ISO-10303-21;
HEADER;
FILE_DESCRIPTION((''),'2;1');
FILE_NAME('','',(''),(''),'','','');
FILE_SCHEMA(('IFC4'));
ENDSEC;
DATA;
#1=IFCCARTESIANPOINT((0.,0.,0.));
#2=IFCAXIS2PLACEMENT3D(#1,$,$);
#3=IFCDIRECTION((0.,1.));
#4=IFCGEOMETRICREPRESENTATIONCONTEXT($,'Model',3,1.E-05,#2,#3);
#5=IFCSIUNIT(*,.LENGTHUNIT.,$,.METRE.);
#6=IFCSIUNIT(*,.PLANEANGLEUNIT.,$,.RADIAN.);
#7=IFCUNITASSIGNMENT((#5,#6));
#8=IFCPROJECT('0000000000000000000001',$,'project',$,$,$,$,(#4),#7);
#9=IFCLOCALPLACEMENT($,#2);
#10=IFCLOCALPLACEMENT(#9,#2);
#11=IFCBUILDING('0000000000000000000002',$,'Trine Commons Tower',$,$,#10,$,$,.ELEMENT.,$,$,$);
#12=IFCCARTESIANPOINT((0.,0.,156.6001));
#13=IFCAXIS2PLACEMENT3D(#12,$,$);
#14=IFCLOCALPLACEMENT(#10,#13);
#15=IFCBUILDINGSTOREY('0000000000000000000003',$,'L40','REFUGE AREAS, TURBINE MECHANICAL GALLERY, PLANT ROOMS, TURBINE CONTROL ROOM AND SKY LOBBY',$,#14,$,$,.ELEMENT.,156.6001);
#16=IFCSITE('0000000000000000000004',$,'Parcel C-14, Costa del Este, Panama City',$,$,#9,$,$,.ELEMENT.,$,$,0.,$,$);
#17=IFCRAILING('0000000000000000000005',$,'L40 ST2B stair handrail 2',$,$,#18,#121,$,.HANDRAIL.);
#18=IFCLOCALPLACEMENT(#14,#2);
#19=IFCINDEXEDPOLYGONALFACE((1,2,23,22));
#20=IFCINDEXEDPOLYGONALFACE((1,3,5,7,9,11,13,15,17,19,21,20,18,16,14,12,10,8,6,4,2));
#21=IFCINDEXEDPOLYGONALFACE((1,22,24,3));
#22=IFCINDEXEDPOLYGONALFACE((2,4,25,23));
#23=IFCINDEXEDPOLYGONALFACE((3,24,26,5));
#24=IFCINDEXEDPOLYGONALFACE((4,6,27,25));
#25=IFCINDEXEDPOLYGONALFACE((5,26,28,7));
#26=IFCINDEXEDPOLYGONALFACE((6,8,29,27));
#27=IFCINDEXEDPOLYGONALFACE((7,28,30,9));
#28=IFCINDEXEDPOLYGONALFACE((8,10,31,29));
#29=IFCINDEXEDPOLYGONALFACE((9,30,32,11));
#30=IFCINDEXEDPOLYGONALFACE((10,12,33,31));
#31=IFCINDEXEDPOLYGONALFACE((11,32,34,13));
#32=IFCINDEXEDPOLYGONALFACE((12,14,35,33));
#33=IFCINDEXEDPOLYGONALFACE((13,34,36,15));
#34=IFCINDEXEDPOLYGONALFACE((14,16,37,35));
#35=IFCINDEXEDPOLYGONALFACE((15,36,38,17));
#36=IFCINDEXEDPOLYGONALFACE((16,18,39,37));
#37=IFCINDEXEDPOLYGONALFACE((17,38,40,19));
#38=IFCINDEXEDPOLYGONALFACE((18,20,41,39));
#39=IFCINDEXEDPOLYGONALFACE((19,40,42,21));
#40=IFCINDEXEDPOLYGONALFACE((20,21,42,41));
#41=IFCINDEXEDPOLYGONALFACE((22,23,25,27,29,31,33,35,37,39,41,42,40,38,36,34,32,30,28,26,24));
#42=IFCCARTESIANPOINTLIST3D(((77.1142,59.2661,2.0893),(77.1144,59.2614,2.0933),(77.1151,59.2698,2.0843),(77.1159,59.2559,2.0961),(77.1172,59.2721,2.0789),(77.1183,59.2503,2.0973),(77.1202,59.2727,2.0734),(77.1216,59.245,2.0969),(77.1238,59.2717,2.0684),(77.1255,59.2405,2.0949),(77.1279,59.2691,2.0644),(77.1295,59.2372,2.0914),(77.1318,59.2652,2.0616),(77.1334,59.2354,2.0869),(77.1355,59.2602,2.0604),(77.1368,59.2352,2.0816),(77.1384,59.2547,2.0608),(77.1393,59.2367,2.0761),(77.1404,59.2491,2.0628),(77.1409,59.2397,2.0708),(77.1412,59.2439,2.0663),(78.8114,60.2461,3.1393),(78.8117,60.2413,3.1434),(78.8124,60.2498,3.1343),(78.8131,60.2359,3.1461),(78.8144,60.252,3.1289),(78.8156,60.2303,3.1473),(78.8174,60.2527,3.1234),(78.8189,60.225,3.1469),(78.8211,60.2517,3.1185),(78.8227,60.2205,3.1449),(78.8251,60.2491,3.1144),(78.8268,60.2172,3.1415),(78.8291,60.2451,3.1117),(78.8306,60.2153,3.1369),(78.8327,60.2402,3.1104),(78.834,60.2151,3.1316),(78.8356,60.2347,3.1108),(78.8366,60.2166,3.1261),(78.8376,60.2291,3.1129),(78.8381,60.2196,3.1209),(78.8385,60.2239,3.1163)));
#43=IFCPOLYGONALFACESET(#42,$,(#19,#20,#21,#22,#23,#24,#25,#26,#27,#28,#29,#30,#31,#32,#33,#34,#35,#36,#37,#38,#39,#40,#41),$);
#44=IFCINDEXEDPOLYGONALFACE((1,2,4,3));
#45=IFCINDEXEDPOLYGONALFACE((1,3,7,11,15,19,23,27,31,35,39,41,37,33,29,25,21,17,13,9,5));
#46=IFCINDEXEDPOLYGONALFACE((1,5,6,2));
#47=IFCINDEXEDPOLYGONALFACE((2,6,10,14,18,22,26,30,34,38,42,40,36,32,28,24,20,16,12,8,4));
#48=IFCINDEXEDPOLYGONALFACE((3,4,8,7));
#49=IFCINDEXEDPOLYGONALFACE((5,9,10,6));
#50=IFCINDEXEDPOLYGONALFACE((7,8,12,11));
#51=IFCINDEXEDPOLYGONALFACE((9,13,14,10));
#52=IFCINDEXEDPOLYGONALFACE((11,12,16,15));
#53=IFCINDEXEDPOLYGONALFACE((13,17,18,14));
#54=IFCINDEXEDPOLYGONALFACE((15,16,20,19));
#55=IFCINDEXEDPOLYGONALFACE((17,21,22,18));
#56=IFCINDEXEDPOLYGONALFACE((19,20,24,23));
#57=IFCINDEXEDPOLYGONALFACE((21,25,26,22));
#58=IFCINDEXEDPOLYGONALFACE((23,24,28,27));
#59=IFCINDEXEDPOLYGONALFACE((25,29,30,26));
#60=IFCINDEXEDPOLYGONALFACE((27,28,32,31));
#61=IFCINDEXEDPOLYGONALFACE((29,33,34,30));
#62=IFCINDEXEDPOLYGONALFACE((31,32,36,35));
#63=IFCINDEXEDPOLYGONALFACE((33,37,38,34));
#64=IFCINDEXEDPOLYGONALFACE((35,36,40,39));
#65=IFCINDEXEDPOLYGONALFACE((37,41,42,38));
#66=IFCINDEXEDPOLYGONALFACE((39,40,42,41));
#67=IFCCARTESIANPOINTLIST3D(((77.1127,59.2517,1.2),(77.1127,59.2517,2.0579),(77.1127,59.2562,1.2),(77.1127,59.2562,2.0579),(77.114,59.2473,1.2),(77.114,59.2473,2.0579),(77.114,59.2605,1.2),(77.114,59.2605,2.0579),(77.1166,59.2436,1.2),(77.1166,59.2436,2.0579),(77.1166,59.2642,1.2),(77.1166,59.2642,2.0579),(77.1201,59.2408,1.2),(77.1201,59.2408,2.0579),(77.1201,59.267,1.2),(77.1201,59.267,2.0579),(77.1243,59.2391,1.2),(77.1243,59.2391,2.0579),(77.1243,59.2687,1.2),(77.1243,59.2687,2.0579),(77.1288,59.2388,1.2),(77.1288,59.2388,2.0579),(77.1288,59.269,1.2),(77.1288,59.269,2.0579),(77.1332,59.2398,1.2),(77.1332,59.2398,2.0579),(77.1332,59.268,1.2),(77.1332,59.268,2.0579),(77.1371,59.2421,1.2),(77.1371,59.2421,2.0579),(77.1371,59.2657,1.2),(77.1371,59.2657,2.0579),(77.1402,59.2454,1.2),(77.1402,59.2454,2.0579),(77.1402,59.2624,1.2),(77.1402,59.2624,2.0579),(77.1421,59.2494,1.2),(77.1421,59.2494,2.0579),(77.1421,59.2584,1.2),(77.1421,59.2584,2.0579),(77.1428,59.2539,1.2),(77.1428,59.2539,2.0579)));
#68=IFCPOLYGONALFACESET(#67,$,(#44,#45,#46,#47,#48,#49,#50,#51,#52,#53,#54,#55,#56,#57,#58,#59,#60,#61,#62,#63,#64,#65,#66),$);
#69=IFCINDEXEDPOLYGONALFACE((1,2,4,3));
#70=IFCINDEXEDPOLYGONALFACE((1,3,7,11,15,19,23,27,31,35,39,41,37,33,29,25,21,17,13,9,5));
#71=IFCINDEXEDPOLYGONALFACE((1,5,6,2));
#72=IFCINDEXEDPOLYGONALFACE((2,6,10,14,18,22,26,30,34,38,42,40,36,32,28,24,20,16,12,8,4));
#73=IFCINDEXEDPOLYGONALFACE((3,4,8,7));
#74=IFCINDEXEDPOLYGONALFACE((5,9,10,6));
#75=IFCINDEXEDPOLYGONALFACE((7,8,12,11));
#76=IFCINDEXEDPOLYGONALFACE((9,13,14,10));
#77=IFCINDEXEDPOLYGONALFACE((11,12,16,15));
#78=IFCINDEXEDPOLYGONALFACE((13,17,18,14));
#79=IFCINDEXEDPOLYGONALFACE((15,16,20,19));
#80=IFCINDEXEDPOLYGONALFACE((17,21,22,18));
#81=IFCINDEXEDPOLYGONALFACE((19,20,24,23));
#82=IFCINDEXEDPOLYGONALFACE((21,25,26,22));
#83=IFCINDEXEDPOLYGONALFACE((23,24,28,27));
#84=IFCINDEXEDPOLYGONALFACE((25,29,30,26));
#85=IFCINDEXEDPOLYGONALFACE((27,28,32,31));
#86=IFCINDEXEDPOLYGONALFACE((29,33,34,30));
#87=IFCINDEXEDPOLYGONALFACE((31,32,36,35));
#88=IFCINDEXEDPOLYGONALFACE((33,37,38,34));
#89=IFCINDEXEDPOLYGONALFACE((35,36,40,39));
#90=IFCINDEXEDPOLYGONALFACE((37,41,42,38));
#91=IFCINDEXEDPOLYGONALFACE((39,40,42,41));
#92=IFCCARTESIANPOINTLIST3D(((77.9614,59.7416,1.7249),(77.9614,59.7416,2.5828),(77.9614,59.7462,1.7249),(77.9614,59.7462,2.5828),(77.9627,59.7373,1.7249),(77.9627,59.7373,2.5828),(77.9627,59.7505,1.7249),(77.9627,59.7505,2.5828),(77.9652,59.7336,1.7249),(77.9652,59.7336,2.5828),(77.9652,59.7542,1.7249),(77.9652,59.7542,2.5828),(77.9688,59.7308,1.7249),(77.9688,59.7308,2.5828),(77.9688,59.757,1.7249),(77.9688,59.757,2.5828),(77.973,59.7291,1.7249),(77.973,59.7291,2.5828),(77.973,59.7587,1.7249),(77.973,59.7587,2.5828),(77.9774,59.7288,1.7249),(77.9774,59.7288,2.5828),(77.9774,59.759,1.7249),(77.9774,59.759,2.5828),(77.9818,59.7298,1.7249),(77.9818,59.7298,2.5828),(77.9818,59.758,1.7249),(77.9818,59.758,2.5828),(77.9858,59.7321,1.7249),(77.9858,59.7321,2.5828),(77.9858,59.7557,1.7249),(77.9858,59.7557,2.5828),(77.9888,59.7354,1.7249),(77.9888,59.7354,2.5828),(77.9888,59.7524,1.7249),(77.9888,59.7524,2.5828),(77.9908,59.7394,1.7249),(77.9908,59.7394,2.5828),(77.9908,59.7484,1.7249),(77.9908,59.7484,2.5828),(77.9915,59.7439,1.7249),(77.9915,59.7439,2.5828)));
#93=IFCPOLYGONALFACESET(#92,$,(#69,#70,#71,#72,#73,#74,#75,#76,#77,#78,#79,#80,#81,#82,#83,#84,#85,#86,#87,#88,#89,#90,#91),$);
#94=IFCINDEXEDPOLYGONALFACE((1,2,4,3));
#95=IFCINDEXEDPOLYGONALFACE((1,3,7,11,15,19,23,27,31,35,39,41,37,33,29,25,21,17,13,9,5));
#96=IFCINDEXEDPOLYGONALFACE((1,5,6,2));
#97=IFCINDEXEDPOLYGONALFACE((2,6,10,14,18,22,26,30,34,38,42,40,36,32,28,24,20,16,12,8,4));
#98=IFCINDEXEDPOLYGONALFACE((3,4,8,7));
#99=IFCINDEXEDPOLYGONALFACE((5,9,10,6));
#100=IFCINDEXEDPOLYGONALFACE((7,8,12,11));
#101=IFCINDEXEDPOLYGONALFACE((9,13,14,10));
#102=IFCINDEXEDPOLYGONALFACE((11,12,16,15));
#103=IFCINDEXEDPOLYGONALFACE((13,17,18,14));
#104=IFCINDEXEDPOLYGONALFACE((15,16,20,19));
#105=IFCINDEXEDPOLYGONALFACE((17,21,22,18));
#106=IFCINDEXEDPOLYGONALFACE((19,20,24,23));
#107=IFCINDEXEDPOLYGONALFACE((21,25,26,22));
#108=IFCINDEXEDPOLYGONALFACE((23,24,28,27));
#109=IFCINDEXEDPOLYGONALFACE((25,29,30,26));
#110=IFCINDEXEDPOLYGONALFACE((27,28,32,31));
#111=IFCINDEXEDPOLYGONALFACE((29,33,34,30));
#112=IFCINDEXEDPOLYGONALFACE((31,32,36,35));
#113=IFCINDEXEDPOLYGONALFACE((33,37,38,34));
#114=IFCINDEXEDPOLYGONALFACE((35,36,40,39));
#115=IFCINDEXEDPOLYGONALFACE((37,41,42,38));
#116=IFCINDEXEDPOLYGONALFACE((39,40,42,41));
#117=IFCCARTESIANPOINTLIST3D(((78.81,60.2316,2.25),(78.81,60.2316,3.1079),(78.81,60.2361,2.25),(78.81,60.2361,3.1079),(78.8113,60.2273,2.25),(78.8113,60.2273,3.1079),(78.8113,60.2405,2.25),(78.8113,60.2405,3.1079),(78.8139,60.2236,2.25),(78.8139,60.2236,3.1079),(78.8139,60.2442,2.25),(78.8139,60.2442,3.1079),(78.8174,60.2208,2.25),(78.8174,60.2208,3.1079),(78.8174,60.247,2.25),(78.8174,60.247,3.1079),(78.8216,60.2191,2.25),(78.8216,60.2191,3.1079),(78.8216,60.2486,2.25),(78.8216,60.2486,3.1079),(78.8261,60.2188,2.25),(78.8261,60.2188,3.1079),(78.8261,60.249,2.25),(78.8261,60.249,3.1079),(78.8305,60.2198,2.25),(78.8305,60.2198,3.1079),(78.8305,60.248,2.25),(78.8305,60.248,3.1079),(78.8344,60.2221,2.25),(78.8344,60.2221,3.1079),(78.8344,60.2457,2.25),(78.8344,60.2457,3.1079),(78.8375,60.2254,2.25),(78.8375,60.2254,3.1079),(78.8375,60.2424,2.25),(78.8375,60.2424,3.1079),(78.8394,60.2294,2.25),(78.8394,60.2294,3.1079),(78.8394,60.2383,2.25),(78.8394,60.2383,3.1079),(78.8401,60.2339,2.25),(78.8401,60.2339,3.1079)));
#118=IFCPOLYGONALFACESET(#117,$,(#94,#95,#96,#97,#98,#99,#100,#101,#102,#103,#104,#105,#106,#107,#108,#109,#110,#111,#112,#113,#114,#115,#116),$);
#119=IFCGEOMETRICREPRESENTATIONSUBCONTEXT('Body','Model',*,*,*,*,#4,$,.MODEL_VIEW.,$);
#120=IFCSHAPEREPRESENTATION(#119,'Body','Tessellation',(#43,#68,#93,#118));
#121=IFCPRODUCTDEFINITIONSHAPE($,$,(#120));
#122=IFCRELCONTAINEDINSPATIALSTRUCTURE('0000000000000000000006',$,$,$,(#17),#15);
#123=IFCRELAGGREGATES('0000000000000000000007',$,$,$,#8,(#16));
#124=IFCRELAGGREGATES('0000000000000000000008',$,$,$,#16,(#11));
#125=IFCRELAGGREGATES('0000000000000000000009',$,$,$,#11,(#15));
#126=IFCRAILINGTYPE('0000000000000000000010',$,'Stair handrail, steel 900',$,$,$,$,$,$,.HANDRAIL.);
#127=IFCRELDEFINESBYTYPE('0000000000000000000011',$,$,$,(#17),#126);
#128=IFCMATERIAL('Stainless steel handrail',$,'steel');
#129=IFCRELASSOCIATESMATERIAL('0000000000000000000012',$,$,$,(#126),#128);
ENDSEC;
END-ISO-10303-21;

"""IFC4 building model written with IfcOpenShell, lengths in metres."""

from ifc_helpers import new_model, si_unit, direction, frame, origin, origin_2d, place, context, subcontext, project, spatial, circle, extrude, material, type_object, element, save


model = new_model("IFC4")

# Units and contexts
model_context = context("Model", 3, precision=1e-05, world=origin(), true_north=direction((0.0, 1.0)))
body_context = subcontext(model_context, "Body", "Model", "MODEL_VIEW")
ifc_project = project(units=[si_unit("LENGTHUNIT", "METRE"), si_unit("PLANEANGLEUNIT", "RADIAN")], contexts=[model_context])

# Site, building, storey
site_placement = place(None, origin())
site = spatial("IfcSite", under=ifc_project, at=site_placement, Name="Parcel C-14, Costa del Este, Panama City", CompositionType="ELEMENT", RefElevation=0.0)
building_placement = place(site_placement, origin())
building = spatial("IfcBuilding", under=site, at=building_placement, Name="Trine Commons Tower", CompositionType="ELEMENT")
storey_placement = place(building_placement, frame((0.0, 0.0, 156.6001)))
storey = spatial("IfcBuildingStorey", under=building, at=storey_placement, Name="L40", Description="REFUGE AREAS, TURBINE MECHANICAL GALLERY, PLANT ROOMS, TURBINE CONTROL ROOM AND SKY LOBBY", CompositionType="ELEMENT", Elevation=156.6001)

# Railing
ifc_material_1 = material(Name="Stainless steel handrail", Category="steel")
railing_type_1 = type_object("IfcRailingType", Name="Stair handrail, steel 900", PredefinedType="HANDRAIL", material=ifc_material_1)
railing_1_placement = place(storey_placement, frame((77.1277, 59.2539, 1.2)))
element("IfcRailing", 1, at=railing_1_placement, inside=storey, type_object=railing_type_1, Name="L40 ST2B stair handrail 2", PredefinedType="HANDRAIL", context=body_context, shape_type="SweptSolid", body=[
    extrude(circle(Radius=0.021, at=origin_2d()), frame((0.0, 0.0, 0.8789), z_axis=(0.763352, 0.44075, 0.472264), x_axis=(-0.500024, 0.866011, 0.0)), (0.0, 0.0, 1.0), 2.2234),
    extrude(circle(Radius=0.0151, at=origin_2d()), origin(), (0.0, 0.0, 1.0), 0.8579),
    extrude(circle(Radius=0.0151, at=origin_2d()), frame((0.8486, 0.49, 0.5249)), (0.0, 0.0, 1.0), 0.8579),
    extrude(circle(Radius=0.0151, at=origin_2d()), frame((1.6973, 0.98, 1.05)), (0.0, 0.0, 1.0), 0.8579),
])

save(model, "model.ifc")
